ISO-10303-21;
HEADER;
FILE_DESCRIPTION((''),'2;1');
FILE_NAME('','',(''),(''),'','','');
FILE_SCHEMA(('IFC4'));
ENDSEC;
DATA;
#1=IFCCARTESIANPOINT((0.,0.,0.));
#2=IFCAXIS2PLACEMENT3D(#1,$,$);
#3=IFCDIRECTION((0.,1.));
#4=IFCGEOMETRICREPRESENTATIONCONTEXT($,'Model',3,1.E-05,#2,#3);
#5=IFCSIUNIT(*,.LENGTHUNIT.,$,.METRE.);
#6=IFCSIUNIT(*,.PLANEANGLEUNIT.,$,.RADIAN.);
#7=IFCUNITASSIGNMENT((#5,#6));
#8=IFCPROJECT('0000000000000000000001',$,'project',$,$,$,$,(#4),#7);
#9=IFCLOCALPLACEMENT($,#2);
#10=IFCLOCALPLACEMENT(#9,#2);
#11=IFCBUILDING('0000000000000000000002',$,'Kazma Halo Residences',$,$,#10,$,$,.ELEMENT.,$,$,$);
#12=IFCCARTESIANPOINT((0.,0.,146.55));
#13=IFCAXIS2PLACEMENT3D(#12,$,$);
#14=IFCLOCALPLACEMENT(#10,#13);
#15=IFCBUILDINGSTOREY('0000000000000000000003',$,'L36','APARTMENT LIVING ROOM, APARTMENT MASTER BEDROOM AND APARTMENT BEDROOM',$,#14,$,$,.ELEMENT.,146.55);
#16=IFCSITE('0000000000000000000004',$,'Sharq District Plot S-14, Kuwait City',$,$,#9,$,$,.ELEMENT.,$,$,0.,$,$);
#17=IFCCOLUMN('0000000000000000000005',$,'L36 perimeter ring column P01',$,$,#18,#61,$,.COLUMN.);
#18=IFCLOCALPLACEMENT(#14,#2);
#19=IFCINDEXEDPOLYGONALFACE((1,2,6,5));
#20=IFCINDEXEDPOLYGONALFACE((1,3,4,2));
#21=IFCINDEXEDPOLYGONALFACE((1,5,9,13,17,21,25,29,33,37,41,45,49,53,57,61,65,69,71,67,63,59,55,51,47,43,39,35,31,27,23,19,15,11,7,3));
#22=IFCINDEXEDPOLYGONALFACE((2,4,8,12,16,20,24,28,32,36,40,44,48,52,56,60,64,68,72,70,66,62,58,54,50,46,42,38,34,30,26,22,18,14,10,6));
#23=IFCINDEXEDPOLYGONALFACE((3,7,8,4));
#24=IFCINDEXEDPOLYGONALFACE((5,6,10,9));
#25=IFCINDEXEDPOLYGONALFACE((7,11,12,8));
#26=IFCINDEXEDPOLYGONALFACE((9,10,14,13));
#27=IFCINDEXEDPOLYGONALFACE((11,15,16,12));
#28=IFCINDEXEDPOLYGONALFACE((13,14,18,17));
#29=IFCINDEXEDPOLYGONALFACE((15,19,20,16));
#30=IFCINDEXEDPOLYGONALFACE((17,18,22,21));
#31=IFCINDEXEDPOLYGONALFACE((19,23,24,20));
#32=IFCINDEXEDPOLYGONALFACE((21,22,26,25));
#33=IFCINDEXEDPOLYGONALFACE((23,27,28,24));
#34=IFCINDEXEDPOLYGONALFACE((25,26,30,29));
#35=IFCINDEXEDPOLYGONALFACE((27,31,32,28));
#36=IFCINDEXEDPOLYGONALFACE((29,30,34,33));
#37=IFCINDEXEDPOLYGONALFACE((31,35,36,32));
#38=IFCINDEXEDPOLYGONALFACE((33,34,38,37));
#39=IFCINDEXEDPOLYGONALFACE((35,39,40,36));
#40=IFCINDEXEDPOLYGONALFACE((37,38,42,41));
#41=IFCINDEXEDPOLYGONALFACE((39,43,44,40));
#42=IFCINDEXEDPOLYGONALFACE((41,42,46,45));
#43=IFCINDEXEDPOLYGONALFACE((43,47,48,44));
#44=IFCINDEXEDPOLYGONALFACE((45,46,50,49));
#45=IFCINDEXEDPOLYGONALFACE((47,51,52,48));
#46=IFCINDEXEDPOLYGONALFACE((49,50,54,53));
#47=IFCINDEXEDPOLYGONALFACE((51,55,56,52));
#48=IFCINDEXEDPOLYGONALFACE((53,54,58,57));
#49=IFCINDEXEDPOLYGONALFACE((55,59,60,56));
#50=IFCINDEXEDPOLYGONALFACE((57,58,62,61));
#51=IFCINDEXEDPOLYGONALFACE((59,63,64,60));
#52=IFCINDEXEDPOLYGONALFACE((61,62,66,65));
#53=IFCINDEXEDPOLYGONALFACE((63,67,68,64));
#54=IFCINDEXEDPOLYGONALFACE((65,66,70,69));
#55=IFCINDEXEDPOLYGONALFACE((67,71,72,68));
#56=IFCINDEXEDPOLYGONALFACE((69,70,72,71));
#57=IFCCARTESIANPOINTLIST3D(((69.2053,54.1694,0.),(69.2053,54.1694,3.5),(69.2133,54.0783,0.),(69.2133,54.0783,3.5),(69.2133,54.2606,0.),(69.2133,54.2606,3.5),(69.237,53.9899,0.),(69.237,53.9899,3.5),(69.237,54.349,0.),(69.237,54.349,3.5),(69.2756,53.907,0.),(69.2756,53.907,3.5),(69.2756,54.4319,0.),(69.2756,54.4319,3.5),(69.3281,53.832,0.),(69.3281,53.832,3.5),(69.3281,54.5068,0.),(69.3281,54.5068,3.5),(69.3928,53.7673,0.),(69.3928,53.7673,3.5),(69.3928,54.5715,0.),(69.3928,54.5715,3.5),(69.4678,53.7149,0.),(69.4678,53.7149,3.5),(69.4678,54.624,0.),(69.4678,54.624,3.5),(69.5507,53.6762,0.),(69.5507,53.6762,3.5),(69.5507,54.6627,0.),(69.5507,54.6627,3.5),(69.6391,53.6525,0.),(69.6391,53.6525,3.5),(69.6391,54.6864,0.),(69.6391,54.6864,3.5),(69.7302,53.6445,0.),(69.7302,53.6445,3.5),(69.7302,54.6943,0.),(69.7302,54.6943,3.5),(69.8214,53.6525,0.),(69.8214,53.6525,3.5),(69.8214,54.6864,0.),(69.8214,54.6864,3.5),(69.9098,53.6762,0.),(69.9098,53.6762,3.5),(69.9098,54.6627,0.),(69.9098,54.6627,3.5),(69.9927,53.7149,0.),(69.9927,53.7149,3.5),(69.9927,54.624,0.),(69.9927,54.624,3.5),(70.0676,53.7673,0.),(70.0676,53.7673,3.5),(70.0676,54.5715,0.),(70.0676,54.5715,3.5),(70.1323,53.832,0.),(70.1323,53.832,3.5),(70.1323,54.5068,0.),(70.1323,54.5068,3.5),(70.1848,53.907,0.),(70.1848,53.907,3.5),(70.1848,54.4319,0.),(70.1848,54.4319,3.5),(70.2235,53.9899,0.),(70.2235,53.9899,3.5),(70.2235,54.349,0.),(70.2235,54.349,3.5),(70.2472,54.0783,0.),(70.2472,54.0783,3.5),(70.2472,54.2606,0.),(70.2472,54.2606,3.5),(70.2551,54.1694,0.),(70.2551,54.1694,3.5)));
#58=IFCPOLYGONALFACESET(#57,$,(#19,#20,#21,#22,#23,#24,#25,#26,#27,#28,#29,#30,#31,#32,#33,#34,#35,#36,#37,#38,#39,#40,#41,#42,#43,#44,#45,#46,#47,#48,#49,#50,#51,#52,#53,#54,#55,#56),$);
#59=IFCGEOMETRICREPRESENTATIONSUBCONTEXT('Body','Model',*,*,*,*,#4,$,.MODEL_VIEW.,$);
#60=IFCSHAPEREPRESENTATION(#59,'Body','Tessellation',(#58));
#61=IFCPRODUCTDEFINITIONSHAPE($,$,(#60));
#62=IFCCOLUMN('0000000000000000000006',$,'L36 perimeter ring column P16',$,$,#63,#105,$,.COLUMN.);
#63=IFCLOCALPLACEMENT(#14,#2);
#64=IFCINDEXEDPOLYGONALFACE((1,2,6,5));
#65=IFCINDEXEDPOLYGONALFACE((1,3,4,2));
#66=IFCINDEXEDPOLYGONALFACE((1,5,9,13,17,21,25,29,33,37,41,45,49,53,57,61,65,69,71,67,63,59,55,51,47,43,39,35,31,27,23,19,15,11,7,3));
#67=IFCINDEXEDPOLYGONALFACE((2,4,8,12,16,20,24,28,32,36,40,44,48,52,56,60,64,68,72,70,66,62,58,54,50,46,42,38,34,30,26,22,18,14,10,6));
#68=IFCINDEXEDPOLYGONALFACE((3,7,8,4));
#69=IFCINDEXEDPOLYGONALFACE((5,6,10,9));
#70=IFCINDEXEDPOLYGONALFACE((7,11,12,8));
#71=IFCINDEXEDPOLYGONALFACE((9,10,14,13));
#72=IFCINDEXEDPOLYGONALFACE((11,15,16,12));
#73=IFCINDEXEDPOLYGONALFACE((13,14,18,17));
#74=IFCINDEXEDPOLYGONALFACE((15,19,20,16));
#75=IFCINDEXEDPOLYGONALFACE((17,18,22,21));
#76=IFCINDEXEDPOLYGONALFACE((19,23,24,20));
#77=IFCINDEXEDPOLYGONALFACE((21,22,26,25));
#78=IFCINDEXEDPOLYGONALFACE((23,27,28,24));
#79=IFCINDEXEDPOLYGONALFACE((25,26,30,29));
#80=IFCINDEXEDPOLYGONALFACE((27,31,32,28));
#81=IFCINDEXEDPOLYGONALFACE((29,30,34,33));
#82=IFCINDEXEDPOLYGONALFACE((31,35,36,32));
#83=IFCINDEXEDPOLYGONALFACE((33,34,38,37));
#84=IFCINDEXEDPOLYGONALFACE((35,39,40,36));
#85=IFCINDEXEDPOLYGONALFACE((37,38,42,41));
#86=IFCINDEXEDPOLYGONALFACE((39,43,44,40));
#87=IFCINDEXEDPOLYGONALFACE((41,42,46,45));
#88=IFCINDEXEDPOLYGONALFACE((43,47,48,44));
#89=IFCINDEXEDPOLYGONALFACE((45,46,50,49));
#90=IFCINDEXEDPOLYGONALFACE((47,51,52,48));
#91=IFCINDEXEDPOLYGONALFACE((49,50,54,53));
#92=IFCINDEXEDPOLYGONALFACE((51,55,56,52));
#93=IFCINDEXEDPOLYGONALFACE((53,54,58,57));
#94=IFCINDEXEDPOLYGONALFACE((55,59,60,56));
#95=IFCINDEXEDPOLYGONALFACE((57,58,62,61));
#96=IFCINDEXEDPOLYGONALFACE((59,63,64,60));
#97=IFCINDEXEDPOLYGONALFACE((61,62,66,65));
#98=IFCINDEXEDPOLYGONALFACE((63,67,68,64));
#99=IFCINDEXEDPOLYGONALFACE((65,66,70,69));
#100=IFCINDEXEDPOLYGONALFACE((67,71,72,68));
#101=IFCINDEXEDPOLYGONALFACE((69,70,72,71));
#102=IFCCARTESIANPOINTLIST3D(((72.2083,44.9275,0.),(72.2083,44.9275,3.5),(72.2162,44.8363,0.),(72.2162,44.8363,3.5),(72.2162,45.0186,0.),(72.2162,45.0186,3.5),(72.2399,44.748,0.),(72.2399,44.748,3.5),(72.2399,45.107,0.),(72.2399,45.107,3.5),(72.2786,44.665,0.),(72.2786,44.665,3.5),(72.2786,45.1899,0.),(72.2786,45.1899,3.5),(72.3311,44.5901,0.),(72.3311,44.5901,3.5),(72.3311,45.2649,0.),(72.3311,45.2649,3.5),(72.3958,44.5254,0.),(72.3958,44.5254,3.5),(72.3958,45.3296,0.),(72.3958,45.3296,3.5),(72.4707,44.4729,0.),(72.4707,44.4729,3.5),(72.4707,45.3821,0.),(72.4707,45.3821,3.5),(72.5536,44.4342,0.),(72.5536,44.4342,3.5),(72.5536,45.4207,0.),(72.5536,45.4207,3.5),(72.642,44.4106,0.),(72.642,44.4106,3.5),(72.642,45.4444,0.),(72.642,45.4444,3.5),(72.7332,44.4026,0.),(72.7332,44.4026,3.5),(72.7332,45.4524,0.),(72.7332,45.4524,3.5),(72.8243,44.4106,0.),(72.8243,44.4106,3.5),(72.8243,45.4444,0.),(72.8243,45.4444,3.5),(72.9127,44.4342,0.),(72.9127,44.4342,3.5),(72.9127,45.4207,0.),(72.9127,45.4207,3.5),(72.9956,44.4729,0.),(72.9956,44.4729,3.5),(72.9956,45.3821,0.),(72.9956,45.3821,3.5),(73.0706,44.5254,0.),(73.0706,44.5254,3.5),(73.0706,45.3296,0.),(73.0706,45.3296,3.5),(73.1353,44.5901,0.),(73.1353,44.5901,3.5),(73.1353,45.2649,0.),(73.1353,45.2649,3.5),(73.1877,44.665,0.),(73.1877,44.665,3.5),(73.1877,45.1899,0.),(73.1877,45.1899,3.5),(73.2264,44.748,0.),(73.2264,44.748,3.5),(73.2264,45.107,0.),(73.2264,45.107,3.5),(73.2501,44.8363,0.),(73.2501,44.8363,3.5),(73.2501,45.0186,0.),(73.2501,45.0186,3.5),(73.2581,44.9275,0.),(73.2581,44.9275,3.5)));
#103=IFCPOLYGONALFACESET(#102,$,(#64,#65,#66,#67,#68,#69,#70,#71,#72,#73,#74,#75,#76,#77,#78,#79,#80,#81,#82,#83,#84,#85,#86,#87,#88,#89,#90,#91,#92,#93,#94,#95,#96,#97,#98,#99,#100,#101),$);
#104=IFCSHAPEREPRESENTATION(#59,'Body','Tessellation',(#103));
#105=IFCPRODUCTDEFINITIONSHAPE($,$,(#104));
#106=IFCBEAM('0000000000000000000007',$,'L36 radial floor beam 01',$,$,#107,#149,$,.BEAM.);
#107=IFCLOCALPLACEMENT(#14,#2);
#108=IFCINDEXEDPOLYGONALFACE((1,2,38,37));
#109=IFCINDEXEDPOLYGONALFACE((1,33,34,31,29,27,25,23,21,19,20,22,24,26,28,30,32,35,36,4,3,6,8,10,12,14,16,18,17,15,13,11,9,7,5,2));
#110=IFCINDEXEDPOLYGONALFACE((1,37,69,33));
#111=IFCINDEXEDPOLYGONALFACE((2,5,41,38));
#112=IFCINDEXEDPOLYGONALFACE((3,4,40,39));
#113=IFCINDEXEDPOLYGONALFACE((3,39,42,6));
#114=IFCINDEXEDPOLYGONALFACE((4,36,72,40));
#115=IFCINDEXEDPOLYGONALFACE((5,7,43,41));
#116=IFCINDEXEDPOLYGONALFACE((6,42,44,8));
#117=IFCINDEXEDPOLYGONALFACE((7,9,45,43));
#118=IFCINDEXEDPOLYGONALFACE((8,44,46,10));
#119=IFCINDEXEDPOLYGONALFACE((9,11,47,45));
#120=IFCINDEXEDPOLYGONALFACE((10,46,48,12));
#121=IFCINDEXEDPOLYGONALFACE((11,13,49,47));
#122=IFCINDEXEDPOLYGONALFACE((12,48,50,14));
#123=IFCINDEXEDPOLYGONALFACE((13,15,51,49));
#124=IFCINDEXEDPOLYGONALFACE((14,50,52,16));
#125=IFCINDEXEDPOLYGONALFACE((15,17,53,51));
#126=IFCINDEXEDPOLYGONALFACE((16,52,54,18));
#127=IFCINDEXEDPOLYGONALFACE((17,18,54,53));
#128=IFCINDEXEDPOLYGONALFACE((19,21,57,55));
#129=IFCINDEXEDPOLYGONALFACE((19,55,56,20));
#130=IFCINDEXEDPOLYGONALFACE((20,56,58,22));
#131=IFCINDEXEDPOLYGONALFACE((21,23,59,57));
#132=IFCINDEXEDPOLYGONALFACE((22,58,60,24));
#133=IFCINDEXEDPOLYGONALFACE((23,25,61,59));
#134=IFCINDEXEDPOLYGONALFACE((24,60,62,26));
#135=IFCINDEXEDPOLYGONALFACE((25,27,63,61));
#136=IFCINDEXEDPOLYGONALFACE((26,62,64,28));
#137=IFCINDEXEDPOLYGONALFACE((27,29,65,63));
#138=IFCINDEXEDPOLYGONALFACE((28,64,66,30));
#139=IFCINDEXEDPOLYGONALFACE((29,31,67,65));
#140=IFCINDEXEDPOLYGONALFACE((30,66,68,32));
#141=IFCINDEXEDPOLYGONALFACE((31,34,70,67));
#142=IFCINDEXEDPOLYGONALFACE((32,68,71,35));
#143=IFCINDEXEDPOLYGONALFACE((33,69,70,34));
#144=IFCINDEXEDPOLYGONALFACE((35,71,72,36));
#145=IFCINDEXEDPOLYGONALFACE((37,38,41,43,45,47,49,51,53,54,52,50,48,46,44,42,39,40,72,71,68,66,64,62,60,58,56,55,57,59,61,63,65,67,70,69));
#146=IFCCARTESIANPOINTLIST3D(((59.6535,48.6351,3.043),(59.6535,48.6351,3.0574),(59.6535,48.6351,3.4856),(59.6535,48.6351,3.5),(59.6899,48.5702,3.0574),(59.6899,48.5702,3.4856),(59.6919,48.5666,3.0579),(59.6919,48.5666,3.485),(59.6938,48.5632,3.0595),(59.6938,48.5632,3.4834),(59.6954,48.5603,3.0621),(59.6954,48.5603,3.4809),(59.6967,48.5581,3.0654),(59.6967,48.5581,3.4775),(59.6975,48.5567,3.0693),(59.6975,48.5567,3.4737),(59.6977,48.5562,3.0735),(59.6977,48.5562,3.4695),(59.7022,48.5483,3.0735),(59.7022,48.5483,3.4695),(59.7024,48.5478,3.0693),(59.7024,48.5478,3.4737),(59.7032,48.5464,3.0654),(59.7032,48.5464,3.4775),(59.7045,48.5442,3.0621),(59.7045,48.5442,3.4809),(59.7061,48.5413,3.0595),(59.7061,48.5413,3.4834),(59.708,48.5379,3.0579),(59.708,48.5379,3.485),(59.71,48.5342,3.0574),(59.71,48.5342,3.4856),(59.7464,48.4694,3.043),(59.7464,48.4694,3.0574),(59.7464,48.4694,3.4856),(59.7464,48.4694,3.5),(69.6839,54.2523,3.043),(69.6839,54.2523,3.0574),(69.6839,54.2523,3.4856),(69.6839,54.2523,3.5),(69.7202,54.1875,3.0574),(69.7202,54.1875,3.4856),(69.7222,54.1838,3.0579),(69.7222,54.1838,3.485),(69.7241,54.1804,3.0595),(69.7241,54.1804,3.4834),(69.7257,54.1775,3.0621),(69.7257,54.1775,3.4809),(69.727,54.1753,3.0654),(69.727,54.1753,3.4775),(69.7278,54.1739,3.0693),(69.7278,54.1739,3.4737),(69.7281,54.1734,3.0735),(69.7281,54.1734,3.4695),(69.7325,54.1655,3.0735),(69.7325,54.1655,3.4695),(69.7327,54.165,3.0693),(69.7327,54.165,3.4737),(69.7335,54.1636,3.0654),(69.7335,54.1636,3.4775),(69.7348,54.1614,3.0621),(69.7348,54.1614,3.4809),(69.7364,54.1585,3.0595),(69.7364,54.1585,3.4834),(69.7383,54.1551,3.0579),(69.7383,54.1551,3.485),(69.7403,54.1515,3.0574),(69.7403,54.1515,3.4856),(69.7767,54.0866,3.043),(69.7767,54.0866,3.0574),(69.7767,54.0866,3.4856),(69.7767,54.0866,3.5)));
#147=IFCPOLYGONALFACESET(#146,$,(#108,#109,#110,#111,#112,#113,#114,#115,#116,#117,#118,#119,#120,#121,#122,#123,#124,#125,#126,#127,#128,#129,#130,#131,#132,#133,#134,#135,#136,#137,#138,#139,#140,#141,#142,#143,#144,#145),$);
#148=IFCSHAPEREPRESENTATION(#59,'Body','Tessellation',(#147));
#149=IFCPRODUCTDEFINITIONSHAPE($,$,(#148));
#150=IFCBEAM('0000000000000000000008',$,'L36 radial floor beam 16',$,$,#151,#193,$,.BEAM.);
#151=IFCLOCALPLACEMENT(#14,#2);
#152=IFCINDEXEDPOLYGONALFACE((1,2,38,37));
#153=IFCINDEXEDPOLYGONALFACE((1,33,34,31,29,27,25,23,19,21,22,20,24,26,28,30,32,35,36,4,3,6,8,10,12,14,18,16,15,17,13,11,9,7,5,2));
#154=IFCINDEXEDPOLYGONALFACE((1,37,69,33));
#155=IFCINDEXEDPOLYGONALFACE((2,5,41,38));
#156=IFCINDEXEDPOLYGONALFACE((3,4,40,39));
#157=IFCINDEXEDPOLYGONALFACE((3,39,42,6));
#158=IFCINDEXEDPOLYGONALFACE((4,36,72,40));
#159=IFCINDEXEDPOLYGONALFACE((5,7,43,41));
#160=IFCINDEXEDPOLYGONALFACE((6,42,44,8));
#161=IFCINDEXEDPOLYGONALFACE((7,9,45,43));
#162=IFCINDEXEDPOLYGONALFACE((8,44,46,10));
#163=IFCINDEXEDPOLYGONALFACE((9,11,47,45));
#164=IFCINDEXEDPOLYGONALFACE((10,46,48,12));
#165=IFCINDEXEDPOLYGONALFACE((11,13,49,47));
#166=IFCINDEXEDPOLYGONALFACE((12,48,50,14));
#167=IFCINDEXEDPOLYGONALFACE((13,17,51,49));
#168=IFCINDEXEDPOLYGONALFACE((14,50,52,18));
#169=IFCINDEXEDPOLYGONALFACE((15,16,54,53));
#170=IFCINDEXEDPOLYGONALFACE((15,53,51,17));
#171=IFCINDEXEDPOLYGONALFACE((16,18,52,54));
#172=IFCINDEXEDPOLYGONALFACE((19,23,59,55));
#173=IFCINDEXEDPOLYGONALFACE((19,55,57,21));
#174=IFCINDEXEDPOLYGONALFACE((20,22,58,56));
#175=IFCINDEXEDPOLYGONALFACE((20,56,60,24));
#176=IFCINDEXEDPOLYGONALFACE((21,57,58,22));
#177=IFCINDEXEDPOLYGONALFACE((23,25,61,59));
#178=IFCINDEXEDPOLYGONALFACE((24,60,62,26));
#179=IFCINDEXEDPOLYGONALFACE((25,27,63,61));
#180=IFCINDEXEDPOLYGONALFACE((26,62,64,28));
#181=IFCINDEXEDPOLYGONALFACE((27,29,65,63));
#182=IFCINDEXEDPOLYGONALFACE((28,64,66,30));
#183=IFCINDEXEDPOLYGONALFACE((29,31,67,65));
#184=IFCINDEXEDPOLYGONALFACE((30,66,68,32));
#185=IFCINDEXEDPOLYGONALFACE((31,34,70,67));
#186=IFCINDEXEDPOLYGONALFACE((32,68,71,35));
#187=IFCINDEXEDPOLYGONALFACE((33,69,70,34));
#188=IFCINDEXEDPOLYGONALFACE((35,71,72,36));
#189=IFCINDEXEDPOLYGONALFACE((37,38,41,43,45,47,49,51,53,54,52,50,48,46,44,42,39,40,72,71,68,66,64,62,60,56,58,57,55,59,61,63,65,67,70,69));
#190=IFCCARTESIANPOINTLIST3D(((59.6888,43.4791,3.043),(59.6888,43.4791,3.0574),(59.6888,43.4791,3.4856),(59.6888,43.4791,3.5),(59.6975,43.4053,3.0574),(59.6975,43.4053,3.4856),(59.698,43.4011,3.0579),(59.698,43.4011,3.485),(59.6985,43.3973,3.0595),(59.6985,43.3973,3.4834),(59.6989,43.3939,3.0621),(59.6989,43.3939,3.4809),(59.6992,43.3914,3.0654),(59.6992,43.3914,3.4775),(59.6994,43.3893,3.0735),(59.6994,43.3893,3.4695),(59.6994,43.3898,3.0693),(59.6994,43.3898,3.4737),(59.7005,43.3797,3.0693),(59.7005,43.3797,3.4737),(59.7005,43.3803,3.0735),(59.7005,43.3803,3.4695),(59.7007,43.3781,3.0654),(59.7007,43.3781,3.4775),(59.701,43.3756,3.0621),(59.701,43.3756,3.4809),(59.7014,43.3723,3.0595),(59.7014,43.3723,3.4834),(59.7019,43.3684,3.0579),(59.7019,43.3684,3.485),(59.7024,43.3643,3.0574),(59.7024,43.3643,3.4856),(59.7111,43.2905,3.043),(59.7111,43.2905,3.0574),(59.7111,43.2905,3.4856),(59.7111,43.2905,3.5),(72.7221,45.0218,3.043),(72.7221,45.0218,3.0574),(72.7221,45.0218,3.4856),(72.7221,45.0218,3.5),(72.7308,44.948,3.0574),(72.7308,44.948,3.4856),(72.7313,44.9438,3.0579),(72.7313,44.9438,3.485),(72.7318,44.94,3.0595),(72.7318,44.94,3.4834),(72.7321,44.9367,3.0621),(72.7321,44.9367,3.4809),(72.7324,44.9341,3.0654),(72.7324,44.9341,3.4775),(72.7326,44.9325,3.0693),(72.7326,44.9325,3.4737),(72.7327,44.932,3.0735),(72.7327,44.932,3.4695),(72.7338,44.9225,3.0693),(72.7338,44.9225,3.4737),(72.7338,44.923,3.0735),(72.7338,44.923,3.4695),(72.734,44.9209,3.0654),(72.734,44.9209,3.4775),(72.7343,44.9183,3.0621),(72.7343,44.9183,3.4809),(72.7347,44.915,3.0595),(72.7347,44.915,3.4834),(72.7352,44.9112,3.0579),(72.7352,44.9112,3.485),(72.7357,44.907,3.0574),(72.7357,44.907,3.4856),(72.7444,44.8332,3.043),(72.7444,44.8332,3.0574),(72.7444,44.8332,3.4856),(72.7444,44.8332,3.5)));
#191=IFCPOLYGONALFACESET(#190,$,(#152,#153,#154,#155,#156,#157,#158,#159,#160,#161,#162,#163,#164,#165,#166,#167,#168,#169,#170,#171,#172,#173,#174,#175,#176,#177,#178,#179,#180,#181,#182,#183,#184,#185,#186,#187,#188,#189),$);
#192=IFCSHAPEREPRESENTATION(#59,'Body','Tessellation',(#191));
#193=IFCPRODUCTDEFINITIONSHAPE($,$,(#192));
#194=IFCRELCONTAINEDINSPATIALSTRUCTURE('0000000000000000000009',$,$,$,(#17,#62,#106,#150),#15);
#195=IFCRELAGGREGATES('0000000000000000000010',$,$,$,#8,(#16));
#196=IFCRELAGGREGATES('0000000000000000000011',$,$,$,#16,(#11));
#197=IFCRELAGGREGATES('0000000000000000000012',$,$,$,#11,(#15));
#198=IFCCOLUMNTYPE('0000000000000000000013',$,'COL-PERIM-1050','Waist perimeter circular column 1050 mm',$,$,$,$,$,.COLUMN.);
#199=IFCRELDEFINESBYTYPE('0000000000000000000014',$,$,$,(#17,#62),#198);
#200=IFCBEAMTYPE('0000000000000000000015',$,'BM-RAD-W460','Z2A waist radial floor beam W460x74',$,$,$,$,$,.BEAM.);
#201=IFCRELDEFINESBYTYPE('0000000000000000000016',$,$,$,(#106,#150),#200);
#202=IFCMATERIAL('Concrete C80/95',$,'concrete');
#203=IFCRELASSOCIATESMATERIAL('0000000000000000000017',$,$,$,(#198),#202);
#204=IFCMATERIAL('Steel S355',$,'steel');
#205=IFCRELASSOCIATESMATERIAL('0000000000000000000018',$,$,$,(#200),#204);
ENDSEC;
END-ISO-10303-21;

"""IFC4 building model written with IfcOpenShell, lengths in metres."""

from ifc_helpers import new_model, si_unit, direction, frame, origin, origin_2d, place, context, subcontext, project, spatial, circle, i_section, extrude, material, material_profile, profile_set, type_object, element, save


model = new_model("IFC4")

# Units and contexts
model_context = context("Model", 3, precision=1e-05, world=origin(), true_north=direction((0.0, 1.0)))
body_context = subcontext(model_context, "Body", "Model", "MODEL_VIEW")
ifc_project = project(units=[si_unit("LENGTHUNIT", "METRE"), si_unit("PLANEANGLEUNIT", "RADIAN")], contexts=[model_context])

# Site, building, storey
site_placement = place(None, origin())
site = spatial("IfcSite", under=ifc_project, at=site_placement, Name="Sharq District Plot S-14, Kuwait City", CompositionType="ELEMENT", RefElevation=0.0)
building_placement = place(site_placement, origin())
building = spatial("IfcBuilding", under=site, at=building_placement, Name="Kazma Halo Residences", CompositionType="ELEMENT")
storey_placement = place(building_placement, frame((0.0, 0.0, 146.55)))
storey = spatial("IfcBuildingStorey", under=building, at=storey_placement, Name="L36", Description="APARTMENT LIVING ROOM, APARTMENT MASTER BEDROOM AND APARTMENT BEDROOM", CompositionType="ELEMENT", Elevation=146.55)

# Columns
ifc_material_1 = material(Name="Concrete C80/95", Category="concrete")
ifc_material_profile_1 = material_profile(ifc_material_1, circle(Radius=0.5249, at=origin_2d()), Name="CIRC1050")
ifc_profile_set_1 = profile_set([ifc_material_profile_1], Name="Concrete C80/95")
column_type = type_object("IfcColumnType", Name="COL-PERIM-1050", Description="Waist perimeter circular column 1050 mm", PredefinedType="COLUMN", material=ifc_profile_set_1)
for number, where, z_axis, x_axis, name in (
    (1, (69.7302, 54.1694, 0.0), (0.0, 0.0, 1.0), (1.0, 0.0, 0.0), "L36 perimeter ring column P01"),
    (2, (72.7332, 44.9275, 0.0), (0.0, 0.0, 1.0), (1.0, 0.0, 0.0), "L36 perimeter ring column P16"),
):
    element("IfcColumn", number, at=place(storey_placement, frame(where, z_axis=z_axis, x_axis=x_axis)), inside=storey, type_object=column_type, Name=name, PredefinedType="COLUMN", context=body_context, shape_type="SweptSolid", body=[
        extrude(circle(Radius=0.5249, at=origin_2d()), origin(), (0.0, 0.0, 1.0), 3.5),
    ])

# Beams
ifc_material_2 = material(Name="Steel S355", Category="steel")
ifc_material_profile_2 = material_profile(ifc_material_2, i_section(OverallWidth=0.1899, OverallDepth=0.457, WebThickness=0.009, FlangeThickness=0.0144, FilletRadius=0.0161, at=origin_2d()), Name="W460x74")
ifc_profile_set_2 = profile_set([ifc_material_profile_2], Name="Steel S355")
beam_type_1 = type_object("IfcBeamType", Name="BM-RAD-W460", Description="Z2A waist radial floor beam W460x74", PredefinedType="BEAM", material=ifc_profile_set_2)
beam_1_placement = place(storey_placement, frame((59.7, 48.5522, 3.2715), z_axis=(0.872497, 0.488619, 0.0), x_axis=(-0.488619, 0.872497, 0.0)))
element("IfcBeam", 3, at=beam_1_placement, inside=storey, type_object=beam_type_1, Name="L36 radial floor beam 01", PredefinedType="BEAM", context=body_context, shape_type="SweptSolid", body=[
    extrude(i_section(OverallWidth=0.1899, OverallDepth=0.457, WebThickness=0.009, FlangeThickness=0.0144, FilletRadius=0.0161, at=origin_2d()), origin(), (0.0, 0.0, 1.0), 11.4961),
])
beam_2_placement = place(storey_placement, frame((59.7, 43.3848, 3.2715), z_axis=(0.993067, 0.117548, 0.0), x_axis=(-0.117548, 0.993067, 0.0)))
element("IfcBeam", 4, at=beam_2_placement, inside=storey, type_object=beam_type_1, Name="L36 radial floor beam 16", PredefinedType="BEAM", context=body_context, shape_type="SweptSolid", body=[
    extrude(i_section(OverallWidth=0.1899, OverallDepth=0.457, WebThickness=0.009, FlangeThickness=0.0144, FilletRadius=0.0161, at=origin_2d()), origin(), (0.0, 0.0, 1.0), 13.1243),
])

save(model, "model.ifc")
